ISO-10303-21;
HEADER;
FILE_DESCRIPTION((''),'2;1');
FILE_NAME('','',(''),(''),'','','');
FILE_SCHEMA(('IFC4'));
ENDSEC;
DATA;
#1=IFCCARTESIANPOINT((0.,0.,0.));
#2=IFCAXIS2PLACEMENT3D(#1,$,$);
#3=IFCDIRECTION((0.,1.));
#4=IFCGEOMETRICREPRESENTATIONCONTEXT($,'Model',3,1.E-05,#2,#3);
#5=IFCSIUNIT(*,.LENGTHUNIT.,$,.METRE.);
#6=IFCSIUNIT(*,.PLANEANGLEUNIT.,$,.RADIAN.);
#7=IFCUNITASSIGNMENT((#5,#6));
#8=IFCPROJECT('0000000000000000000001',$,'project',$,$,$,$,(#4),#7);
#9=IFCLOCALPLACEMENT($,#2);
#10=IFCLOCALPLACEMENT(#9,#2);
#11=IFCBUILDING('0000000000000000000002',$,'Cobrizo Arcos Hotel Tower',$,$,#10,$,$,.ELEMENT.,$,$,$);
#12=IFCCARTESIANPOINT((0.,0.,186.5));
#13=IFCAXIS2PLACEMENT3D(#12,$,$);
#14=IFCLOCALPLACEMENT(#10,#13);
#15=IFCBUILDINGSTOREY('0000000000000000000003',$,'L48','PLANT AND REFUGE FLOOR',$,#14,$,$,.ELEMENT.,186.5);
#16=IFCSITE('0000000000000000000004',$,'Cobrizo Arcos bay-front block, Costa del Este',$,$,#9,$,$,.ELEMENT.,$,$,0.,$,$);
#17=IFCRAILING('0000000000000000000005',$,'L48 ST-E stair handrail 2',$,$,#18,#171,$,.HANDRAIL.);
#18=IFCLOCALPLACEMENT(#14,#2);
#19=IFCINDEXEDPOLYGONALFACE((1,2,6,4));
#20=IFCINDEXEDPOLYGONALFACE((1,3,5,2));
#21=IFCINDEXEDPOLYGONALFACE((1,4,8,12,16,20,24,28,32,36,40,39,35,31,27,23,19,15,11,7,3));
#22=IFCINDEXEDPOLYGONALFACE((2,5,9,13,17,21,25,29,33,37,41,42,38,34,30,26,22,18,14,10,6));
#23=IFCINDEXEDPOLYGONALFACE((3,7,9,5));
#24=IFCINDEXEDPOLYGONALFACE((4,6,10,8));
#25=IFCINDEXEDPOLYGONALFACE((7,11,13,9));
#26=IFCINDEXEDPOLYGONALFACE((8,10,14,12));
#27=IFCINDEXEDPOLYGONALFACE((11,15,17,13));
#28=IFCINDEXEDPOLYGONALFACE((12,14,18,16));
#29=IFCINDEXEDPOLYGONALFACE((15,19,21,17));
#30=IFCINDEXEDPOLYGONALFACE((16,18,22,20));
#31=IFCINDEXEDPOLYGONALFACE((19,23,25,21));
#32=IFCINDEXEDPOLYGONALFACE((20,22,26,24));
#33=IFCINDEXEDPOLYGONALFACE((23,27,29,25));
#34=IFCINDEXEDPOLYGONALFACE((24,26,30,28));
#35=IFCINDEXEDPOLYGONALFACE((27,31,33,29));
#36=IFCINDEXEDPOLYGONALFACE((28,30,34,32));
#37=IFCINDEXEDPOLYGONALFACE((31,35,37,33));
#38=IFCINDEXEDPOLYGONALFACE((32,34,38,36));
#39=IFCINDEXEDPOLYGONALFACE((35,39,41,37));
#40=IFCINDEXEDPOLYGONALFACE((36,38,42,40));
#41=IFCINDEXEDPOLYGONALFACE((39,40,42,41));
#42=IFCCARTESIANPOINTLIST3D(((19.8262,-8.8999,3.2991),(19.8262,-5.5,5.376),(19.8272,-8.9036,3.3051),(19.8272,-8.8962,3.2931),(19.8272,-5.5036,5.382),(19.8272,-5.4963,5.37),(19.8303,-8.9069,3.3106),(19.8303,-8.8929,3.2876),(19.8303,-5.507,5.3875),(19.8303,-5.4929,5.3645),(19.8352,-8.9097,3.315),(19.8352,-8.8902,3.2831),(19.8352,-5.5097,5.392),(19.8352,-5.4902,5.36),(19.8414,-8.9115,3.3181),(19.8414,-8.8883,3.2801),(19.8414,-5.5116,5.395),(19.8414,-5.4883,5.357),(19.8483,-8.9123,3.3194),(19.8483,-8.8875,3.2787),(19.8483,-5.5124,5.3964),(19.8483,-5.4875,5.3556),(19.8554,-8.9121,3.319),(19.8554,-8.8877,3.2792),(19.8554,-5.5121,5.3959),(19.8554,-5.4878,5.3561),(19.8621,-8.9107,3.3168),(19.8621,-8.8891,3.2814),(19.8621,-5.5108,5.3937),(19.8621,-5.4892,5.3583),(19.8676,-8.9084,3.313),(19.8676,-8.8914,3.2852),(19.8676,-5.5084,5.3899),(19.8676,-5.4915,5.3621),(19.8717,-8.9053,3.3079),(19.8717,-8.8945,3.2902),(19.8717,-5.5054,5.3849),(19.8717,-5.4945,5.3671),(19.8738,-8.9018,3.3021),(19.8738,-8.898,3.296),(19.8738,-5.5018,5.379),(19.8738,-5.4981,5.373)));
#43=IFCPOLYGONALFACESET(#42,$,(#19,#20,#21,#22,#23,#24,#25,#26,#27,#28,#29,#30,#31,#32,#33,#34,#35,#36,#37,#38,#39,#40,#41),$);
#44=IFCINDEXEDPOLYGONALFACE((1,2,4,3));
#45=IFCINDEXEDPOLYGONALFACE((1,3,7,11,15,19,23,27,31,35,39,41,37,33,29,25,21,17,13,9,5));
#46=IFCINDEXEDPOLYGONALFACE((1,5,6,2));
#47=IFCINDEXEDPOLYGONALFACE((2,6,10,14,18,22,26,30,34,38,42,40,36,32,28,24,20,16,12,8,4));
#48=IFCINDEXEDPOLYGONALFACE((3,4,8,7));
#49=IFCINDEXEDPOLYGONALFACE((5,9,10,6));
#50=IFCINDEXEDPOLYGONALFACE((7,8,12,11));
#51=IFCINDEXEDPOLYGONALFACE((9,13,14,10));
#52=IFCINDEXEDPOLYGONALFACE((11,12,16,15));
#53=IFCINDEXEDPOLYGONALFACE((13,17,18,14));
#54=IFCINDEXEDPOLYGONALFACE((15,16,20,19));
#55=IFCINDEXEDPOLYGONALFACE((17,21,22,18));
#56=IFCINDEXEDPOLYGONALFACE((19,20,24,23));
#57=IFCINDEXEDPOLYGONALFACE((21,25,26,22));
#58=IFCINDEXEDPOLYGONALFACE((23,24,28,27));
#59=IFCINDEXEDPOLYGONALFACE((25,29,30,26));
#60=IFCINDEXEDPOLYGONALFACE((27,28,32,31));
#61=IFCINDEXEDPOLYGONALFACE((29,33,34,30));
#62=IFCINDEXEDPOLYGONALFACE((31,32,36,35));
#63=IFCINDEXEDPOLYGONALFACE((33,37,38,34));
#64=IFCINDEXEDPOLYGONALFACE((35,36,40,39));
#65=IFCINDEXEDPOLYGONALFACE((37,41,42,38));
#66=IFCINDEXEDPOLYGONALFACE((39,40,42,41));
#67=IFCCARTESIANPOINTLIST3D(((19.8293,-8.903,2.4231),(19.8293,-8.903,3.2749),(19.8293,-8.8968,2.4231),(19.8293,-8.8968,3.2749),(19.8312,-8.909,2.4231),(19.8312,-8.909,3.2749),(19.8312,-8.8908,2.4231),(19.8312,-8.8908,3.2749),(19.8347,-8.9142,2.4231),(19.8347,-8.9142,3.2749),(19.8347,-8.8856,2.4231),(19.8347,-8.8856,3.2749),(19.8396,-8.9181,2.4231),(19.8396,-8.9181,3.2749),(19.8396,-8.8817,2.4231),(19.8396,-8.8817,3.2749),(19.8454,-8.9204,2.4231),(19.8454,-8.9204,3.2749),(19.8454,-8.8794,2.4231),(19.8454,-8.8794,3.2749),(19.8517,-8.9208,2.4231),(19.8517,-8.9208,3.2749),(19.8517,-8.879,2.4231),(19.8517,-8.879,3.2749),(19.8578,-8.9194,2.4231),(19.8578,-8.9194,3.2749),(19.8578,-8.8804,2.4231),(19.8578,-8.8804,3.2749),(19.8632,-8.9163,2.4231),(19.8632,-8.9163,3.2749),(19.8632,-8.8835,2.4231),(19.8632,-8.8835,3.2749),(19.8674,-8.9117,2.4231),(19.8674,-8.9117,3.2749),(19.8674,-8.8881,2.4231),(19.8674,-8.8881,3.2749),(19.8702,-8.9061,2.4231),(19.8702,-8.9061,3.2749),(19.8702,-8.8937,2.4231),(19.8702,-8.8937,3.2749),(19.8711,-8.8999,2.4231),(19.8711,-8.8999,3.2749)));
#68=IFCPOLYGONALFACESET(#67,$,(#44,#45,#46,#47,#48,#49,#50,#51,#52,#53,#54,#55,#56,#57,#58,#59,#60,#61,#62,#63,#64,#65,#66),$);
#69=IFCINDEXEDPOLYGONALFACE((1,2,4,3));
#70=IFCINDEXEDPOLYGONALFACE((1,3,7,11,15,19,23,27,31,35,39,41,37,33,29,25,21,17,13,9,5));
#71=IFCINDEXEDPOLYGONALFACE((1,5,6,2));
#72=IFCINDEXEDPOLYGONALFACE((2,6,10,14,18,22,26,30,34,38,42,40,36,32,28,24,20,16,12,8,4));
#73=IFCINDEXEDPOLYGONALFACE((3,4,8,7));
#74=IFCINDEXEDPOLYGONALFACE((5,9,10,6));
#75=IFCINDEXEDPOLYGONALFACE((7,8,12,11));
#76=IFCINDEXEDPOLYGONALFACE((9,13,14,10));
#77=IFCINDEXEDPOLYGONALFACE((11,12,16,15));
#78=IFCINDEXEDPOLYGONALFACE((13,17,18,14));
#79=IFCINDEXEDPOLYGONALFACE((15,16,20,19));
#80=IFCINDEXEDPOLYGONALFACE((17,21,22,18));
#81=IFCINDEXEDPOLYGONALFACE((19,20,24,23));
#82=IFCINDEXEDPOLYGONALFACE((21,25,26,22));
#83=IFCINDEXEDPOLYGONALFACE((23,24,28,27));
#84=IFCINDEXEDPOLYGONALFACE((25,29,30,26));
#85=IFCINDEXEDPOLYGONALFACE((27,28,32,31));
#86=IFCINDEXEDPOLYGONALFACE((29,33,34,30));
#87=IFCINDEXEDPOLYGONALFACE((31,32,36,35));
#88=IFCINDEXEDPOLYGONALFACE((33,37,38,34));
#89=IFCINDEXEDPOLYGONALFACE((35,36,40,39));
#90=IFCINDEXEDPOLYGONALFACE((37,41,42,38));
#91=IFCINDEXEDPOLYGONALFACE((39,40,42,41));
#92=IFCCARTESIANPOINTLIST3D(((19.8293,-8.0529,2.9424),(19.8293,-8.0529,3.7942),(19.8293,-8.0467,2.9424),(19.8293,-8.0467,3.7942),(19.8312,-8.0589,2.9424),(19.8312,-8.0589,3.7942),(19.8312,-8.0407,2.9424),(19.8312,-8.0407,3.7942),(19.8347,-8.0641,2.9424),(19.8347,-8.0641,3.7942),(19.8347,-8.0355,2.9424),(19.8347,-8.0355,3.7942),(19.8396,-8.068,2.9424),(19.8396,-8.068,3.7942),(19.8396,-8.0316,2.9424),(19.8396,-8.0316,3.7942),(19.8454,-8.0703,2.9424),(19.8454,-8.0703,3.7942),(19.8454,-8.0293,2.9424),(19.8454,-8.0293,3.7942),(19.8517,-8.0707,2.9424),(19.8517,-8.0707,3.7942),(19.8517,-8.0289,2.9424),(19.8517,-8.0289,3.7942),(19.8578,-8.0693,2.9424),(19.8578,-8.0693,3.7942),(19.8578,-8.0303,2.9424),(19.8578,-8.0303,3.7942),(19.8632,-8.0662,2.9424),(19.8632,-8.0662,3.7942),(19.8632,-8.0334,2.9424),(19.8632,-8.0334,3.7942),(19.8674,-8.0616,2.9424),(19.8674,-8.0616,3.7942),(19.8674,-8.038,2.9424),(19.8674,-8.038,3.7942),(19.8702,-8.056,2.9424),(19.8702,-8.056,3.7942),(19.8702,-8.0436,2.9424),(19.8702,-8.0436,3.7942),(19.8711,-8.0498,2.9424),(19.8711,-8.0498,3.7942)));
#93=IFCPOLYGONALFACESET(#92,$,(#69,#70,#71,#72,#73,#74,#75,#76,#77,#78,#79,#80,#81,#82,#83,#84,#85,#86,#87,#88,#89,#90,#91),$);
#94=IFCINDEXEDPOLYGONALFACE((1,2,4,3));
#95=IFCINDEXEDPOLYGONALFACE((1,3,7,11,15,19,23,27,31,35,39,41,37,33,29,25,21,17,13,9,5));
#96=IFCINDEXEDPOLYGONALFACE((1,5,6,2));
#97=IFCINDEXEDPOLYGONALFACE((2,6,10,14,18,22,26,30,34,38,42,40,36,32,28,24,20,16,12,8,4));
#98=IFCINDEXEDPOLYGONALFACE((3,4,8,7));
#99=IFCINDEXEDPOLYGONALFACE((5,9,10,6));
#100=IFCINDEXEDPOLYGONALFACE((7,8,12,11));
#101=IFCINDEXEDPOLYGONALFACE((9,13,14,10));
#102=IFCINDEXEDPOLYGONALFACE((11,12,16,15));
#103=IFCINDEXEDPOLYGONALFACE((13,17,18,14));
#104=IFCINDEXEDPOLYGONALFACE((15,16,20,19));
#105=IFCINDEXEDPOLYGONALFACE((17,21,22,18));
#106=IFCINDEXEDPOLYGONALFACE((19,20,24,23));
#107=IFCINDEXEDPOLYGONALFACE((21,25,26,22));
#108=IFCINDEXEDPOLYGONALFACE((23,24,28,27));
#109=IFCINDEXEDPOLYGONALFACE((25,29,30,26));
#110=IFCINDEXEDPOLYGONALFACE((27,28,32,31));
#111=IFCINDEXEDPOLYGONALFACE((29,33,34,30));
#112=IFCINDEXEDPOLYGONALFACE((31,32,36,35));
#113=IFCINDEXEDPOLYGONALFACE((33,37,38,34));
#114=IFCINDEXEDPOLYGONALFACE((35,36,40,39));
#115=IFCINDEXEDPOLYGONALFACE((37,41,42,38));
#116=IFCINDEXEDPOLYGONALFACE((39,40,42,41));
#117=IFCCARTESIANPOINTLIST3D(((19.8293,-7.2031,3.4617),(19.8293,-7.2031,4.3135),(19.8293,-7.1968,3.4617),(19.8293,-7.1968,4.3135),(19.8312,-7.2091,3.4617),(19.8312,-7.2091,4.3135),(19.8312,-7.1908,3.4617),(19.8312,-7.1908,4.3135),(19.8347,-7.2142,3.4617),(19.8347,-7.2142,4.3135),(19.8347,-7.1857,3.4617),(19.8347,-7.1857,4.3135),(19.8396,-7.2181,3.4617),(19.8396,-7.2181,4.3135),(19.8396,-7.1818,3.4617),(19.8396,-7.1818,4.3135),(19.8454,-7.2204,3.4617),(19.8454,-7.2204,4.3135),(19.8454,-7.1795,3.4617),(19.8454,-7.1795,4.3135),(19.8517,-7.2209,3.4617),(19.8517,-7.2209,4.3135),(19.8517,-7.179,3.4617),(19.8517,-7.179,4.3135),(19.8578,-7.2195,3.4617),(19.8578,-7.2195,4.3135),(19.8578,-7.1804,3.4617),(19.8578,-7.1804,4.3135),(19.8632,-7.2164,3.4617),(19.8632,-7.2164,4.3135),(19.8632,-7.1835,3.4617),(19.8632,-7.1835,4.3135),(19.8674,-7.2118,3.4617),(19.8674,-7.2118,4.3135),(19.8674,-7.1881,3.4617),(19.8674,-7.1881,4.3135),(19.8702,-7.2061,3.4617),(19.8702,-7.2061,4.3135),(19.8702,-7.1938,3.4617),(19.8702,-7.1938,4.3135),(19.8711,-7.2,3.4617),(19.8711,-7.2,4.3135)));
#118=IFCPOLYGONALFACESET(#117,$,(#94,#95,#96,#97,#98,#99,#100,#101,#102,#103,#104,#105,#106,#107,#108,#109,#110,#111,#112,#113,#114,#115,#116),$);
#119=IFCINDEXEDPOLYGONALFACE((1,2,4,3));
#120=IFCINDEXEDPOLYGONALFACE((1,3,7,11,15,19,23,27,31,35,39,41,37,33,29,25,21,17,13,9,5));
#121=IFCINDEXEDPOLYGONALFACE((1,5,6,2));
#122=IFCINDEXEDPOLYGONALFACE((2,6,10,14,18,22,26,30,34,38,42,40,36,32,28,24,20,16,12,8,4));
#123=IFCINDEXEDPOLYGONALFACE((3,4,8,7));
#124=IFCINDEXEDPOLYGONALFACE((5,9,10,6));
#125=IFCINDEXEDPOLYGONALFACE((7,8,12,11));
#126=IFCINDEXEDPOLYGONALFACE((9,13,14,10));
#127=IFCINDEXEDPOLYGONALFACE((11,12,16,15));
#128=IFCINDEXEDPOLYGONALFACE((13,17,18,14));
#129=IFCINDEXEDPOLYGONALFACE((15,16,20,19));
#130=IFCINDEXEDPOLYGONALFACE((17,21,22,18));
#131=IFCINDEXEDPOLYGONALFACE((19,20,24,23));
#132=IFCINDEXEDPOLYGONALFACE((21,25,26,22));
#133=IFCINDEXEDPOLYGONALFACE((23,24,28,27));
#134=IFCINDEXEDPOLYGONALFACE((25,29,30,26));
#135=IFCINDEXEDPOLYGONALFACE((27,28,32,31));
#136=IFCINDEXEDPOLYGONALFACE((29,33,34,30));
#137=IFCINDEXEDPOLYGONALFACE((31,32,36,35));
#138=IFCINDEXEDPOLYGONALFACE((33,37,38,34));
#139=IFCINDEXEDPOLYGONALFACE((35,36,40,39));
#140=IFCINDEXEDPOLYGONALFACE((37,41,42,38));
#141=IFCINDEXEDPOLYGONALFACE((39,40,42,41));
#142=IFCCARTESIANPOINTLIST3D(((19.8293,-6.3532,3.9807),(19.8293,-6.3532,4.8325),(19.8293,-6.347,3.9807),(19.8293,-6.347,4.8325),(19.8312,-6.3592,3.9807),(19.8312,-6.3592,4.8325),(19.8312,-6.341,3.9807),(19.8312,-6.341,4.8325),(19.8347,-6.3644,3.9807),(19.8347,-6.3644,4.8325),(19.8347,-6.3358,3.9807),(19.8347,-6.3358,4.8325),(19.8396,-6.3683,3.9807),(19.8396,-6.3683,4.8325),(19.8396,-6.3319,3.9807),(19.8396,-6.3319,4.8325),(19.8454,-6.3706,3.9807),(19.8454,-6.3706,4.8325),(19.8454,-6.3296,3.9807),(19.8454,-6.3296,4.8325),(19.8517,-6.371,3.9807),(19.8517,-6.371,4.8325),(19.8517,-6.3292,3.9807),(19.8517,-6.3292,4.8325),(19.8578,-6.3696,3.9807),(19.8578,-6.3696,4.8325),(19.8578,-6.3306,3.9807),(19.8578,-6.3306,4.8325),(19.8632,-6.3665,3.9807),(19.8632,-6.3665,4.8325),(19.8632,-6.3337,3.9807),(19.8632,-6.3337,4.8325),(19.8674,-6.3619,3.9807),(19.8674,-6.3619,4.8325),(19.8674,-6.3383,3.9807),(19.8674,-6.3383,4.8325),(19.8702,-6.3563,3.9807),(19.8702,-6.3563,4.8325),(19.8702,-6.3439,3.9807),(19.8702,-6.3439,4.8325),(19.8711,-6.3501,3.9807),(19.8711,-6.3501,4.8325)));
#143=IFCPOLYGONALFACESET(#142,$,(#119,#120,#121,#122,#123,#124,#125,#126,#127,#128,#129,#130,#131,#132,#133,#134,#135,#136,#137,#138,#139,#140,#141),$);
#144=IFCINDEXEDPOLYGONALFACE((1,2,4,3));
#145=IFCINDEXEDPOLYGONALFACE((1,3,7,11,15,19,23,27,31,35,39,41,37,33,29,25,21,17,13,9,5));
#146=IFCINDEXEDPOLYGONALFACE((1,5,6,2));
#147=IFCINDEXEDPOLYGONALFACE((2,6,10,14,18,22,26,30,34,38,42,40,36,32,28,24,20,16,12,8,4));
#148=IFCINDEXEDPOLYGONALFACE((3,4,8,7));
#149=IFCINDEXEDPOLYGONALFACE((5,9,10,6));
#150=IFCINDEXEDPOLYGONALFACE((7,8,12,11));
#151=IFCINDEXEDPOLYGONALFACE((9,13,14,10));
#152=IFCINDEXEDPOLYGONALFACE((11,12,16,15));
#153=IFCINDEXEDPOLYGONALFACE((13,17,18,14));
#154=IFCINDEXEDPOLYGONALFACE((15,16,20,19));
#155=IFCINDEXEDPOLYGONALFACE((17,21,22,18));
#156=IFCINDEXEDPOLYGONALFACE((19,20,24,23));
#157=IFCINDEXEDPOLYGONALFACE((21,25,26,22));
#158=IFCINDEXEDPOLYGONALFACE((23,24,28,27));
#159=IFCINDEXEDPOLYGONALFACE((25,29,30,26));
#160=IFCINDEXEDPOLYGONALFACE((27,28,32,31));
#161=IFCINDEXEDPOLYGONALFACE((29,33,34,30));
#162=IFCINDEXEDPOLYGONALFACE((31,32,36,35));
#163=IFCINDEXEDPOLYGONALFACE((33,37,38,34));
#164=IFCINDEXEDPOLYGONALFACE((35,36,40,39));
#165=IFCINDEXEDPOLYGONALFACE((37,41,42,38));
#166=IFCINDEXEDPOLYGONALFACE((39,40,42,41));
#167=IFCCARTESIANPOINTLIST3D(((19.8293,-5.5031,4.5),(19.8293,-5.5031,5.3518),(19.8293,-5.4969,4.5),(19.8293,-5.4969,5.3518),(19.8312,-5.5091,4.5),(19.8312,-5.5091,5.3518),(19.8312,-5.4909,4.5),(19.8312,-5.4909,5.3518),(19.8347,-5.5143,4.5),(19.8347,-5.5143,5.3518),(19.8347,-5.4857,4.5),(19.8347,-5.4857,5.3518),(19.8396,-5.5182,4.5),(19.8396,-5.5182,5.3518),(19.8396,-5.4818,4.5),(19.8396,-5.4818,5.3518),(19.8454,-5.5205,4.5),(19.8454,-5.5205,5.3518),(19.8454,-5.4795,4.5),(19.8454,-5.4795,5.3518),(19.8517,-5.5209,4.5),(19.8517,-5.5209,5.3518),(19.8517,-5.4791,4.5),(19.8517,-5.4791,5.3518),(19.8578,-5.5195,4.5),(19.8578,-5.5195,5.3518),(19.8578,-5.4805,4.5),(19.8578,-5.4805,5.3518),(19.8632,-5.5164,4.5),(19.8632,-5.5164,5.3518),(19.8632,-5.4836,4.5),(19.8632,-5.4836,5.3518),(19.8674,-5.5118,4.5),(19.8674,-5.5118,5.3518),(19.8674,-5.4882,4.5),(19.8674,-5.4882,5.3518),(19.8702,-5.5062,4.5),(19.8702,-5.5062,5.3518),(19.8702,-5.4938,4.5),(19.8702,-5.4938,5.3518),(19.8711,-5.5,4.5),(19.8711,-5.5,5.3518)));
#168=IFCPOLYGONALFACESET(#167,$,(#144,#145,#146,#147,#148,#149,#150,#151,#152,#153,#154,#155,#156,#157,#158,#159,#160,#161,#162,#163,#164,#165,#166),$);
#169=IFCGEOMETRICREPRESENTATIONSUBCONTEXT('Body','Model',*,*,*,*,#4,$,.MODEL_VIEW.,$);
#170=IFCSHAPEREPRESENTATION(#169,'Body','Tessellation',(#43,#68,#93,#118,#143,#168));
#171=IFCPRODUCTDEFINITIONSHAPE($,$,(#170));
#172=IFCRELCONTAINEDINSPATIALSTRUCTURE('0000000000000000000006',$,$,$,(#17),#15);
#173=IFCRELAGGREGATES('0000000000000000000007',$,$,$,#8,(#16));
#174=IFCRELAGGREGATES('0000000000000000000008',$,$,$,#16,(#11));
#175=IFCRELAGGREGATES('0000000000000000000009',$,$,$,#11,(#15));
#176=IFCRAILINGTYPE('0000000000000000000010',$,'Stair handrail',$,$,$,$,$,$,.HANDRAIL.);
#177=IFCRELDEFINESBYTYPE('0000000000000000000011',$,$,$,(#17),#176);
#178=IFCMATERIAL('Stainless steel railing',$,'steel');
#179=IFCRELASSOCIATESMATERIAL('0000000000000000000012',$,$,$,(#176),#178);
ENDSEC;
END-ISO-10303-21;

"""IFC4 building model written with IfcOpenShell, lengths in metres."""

from ifc_helpers import new_model, si_unit, direction, frame, origin, origin_2d, place, context, subcontext, project, spatial, circle, extrude, material, type_object, element, save


model = new_model("IFC4")

# Units and contexts
model_context = context("Model", 3, precision=1e-05, world=origin(), true_north=direction((0.0, 1.0)))
body_context = subcontext(model_context, "Body", "Model", "MODEL_VIEW")
ifc_project = project(units=[si_unit("LENGTHUNIT", "METRE"), si_unit("PLANEANGLEUNIT", "RADIAN")], contexts=[model_context])

# Site, building, storey
site_placement = place(None, origin())
site = spatial("IfcSite", under=ifc_project, at=site_placement, Name="Cobrizo Arcos bay-front block, Costa del Este", CompositionType="ELEMENT", RefElevation=0.0)
building_placement = place(site_placement, origin())
building = spatial("IfcBuilding", under=site, at=building_placement, Name="Cobrizo Arcos Hotel Tower", CompositionType="ELEMENT")
storey_placement = place(building_placement, frame((0.0, 0.0, 186.5)))
storey = spatial("IfcBuildingStorey", under=building, at=storey_placement, Name="L48", Description="PLANT AND REFUGE FLOOR", CompositionType="ELEMENT", Elevation=186.5)

# Railing
ifc_material_1 = material(Name="Stainless steel railing", Category="steel")
railing_type_1 = type_object("IfcRailingType", Name="Stair handrail", PredefinedType="HANDRAIL", material=ifc_material_1)
railing_1_placement = place(storey_placement, frame((19.8501, -8.8999, 2.4231)))
element("IfcRailing", 1, at=railing_1_placement, inside=storey, type_object=railing_type_1, Name="L48 ST-E stair handrail 2", PredefinedType="HANDRAIL", context=body_context, shape_type="SweptSolid", body=[
    extrude(circle(Radius=0.0239, at=origin_2d()), frame((0.0, 0.0, 0.876), z_axis=(0.0, 0.853373, 0.521301), x_axis=(-1.0, 0.0, 0.0)), (0.0, 0.0, 1.0), 3.9841),
    extrude(circle(Radius=0.021, at=origin_2d()), origin(), (0.0, 0.0, 1.0), 0.8518),
    extrude(circle(Radius=0.021, at=origin_2d()), frame((0.0, 0.8501, 0.5193)), (0.0, 0.0, 1.0), 0.8518),
    extrude(circle(Radius=0.021, at=origin_2d()), frame((0.0, 1.7, 1.0386)), (0.0, 0.0, 1.0), 0.8518),
    extrude(circle(Radius=0.021, at=origin_2d()), frame((0.0, 2.5498, 1.5576)), (0.0, 0.0, 1.0), 0.8518),
    extrude(circle(Radius=0.021, at=origin_2d()), frame((0.0, 3.3999, 2.0769)), (0.0, 0.0, 1.0), 0.8518),
])

save(model, "model.ifc")
